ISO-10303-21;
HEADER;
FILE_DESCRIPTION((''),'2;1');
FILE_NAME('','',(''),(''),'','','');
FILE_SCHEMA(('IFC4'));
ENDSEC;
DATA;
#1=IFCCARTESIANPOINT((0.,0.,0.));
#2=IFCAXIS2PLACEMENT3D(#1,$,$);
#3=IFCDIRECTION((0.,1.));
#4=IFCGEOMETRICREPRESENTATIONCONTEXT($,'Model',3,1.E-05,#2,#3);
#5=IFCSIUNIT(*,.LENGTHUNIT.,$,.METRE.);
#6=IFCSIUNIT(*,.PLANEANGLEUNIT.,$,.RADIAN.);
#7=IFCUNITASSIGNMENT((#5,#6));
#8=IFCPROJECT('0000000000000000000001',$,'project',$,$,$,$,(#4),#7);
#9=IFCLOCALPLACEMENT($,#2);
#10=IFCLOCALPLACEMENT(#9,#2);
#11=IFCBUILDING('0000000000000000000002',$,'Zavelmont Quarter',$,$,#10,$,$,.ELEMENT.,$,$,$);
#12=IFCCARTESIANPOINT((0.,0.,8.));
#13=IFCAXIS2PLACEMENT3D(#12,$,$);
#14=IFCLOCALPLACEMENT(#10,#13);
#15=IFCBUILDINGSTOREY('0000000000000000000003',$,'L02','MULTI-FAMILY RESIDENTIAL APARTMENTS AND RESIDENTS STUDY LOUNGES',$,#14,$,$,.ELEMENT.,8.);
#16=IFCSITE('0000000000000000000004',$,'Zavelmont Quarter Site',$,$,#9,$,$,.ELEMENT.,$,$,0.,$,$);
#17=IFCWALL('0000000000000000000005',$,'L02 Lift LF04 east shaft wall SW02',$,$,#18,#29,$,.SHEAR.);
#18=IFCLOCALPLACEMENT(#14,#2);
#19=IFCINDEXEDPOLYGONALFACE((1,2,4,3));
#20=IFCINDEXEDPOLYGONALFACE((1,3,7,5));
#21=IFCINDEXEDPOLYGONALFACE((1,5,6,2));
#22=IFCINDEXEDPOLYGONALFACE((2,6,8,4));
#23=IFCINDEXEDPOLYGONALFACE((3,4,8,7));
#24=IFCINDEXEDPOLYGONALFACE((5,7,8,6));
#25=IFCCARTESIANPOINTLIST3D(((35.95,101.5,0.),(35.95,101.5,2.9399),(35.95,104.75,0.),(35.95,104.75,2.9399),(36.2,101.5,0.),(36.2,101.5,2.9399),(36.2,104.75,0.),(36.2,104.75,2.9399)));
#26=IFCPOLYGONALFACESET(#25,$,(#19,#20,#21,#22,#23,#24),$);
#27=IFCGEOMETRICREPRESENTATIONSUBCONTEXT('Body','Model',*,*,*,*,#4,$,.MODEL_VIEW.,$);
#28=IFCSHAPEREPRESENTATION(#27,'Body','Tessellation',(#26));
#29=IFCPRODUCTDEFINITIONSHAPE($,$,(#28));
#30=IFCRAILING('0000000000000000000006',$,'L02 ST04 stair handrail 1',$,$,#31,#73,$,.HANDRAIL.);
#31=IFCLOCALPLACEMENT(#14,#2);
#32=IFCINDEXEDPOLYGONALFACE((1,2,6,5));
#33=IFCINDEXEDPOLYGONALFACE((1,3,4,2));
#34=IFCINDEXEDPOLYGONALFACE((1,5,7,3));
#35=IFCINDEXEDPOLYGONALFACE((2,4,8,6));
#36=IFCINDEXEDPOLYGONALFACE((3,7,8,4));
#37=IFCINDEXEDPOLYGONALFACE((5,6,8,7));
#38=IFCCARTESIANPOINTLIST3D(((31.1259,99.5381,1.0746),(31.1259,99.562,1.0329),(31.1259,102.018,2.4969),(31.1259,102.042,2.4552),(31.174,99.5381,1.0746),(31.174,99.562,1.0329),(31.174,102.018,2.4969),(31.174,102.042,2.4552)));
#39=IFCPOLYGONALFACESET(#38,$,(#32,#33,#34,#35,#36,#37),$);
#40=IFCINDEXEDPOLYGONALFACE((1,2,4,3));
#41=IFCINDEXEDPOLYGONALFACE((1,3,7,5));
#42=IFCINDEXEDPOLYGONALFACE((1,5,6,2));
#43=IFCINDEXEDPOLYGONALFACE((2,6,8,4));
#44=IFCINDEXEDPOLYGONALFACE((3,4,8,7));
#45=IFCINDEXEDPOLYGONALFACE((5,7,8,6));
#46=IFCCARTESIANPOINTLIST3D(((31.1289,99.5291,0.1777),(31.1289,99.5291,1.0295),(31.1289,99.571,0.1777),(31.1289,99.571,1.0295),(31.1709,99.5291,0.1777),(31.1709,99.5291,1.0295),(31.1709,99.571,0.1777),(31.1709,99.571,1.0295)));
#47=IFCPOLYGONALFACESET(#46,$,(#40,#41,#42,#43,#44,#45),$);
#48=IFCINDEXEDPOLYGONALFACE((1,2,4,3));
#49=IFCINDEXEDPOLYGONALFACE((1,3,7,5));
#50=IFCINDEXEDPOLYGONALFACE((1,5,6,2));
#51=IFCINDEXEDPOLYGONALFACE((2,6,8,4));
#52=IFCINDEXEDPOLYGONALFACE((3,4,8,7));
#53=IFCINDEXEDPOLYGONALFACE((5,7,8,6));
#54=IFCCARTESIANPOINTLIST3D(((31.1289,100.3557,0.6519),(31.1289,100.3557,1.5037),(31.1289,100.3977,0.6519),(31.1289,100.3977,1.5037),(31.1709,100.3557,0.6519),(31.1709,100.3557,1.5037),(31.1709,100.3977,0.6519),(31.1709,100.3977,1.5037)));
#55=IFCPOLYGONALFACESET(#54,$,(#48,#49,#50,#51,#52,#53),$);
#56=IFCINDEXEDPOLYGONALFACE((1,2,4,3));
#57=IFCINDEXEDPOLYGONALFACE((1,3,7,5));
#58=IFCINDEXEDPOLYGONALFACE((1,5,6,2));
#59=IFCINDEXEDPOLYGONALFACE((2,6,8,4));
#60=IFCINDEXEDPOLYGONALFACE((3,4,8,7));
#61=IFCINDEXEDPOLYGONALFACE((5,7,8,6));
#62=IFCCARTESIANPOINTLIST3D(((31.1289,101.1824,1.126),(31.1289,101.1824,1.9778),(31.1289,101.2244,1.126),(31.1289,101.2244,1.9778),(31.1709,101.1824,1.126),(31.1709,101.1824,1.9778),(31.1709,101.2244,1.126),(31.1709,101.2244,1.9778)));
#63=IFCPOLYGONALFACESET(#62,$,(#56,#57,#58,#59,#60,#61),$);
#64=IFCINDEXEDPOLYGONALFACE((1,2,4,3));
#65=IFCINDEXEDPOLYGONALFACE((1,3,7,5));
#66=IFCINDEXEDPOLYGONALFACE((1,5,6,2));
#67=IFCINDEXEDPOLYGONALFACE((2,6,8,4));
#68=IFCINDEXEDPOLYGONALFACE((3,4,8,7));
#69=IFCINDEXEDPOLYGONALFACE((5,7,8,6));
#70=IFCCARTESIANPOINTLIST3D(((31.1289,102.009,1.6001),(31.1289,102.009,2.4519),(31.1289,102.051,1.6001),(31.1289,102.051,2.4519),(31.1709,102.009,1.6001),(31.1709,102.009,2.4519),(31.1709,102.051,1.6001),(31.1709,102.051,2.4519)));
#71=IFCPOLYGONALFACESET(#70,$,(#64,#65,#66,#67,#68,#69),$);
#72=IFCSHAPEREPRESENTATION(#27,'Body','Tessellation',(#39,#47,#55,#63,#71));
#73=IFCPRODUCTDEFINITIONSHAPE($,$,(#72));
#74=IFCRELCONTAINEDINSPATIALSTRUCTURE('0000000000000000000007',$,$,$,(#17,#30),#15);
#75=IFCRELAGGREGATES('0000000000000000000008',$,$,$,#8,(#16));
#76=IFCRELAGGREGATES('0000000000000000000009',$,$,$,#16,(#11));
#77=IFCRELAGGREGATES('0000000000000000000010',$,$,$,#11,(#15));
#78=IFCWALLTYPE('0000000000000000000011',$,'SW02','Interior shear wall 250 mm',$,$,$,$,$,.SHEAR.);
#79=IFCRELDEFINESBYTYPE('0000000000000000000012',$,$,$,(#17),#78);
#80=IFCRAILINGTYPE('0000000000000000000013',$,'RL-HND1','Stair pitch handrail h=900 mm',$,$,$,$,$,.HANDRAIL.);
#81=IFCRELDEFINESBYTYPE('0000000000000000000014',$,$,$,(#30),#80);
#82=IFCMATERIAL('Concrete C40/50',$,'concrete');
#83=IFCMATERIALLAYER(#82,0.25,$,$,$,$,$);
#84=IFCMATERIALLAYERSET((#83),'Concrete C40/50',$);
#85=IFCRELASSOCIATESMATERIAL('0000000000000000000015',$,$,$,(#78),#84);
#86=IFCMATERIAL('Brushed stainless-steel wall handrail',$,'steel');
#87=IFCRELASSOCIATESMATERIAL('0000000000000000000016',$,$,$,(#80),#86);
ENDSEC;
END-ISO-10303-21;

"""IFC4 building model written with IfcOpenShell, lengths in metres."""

from ifc_helpers import new_model, si_unit, direction, frame, frame_2d, origin, origin_2d, place, context, subcontext, project, spatial, rectangle, extrude, material, layer, layer_set, type_object, element, save


model = new_model("IFC4")

# Units and contexts
model_context = context("Model", 3, precision=1e-05, world=origin(), true_north=direction((0.0, 1.0)))
body_context = subcontext(model_context, "Body", "Model", "MODEL_VIEW")
ifc_project = project(units=[si_unit("LENGTHUNIT", "METRE"), si_unit("PLANEANGLEUNIT", "RADIAN")], contexts=[model_context])

# Site, building, storey
site_placement = place(None, origin())
site = spatial("IfcSite", under=ifc_project, at=site_placement, Name="Zavelmont Quarter Site", CompositionType="ELEMENT", RefElevation=0.0)
building_placement = place(site_placement, origin())
building = spatial("IfcBuilding", under=site, at=building_placement, Name="Zavelmont Quarter", CompositionType="ELEMENT")
storey_placement = place(building_placement, frame((0.0, 0.0, 8.0)))
storey = spatial("IfcBuildingStorey", under=building, at=storey_placement, Name="L02", Description="MULTI-FAMILY RESIDENTIAL APARTMENTS AND RESIDENTS STUDY LOUNGES", CompositionType="ELEMENT", Elevation=8.0)

# Shared definitions
ifc_material_1 = material(Name="Concrete C40/50", Category="concrete")

# Shared definitions
ifc_layer_1 = layer(ifc_material_1, 0.25)
ifc_layer_set_1 = layer_set([ifc_layer_1], Name="Concrete C40/50")
wall_type_1 = type_object("IfcWallType", Name="SW02", Description="Interior shear wall 250 mm", PredefinedType="SHEAR", material=ifc_layer_set_1)

# Wall
for number, where, z_axis, x_axis, name in (
    (1, (36.075, 101.5, 0.0), (0.0, 0.0, 1.0), (0.0, 1.0, 0.0), "L02 Lift LF04 east shaft wall SW02"),
):
    element("IfcWall", number, at=place(storey_placement, frame(where, z_axis=z_axis, x_axis=x_axis)), inside=storey, type_object=wall_type_1, Name=name, PredefinedType="SHEAR", context=body_context, shape_type="SweptSolid", body=[
        extrude(rectangle(XDim=3.25, YDim=0.25, at=frame_2d((1.625, 0.0))), origin(), (0.0, 0.0, 1.0), 2.9399),
    ])

# Railing
ifc_material_2 = material(Name="Brushed stainless-steel wall handrail", Category="steel")
railing_type = type_object("IfcRailingType", Name="RL-HND1", Description="Stair pitch handrail h=900 mm", PredefinedType="HANDRAIL", material=ifc_material_2)
railing_placement = place(storey_placement, frame((31.1499, 99.55, 0.1777)))
element("IfcRailing", 2, at=railing_placement, inside=storey, type_object=railing_type, Name="L02 ST04 stair handrail 1", PredefinedType="HANDRAIL", context=body_context, shape_type="SweptSolid", body=[
    extrude(rectangle(XDim=0.0481, YDim=0.0481, at=origin_2d()), frame((0.0, 0.0, 0.876), z_axis=(0.0, 0.867454, 0.497518), x_axis=(-1.0, 0.0, 0.0)), (0.0, 0.0, 1.0), 2.8589),
    extrude(rectangle(XDim=0.042, YDim=0.042, at=origin_2d()), origin(), (0.0, 0.0, 1.0), 0.8518),
    extrude(rectangle(XDim=0.042, YDim=0.042, at=origin_2d()), frame((0.0, 0.8267, 0.4741)), (0.0, 0.0, 1.0), 0.8518),
    extrude(rectangle(XDim=0.042, YDim=0.042, at=origin_2d()), frame((0.0, 1.6533, 0.9482)), (0.0, 0.0, 1.0), 0.8518),
    extrude(rectangle(XDim=0.042, YDim=0.042, at=origin_2d()), frame((0.0, 2.48, 1.4224)), (0.0, 0.0, 1.0), 0.8518),
])

save(model, "model.ifc")
